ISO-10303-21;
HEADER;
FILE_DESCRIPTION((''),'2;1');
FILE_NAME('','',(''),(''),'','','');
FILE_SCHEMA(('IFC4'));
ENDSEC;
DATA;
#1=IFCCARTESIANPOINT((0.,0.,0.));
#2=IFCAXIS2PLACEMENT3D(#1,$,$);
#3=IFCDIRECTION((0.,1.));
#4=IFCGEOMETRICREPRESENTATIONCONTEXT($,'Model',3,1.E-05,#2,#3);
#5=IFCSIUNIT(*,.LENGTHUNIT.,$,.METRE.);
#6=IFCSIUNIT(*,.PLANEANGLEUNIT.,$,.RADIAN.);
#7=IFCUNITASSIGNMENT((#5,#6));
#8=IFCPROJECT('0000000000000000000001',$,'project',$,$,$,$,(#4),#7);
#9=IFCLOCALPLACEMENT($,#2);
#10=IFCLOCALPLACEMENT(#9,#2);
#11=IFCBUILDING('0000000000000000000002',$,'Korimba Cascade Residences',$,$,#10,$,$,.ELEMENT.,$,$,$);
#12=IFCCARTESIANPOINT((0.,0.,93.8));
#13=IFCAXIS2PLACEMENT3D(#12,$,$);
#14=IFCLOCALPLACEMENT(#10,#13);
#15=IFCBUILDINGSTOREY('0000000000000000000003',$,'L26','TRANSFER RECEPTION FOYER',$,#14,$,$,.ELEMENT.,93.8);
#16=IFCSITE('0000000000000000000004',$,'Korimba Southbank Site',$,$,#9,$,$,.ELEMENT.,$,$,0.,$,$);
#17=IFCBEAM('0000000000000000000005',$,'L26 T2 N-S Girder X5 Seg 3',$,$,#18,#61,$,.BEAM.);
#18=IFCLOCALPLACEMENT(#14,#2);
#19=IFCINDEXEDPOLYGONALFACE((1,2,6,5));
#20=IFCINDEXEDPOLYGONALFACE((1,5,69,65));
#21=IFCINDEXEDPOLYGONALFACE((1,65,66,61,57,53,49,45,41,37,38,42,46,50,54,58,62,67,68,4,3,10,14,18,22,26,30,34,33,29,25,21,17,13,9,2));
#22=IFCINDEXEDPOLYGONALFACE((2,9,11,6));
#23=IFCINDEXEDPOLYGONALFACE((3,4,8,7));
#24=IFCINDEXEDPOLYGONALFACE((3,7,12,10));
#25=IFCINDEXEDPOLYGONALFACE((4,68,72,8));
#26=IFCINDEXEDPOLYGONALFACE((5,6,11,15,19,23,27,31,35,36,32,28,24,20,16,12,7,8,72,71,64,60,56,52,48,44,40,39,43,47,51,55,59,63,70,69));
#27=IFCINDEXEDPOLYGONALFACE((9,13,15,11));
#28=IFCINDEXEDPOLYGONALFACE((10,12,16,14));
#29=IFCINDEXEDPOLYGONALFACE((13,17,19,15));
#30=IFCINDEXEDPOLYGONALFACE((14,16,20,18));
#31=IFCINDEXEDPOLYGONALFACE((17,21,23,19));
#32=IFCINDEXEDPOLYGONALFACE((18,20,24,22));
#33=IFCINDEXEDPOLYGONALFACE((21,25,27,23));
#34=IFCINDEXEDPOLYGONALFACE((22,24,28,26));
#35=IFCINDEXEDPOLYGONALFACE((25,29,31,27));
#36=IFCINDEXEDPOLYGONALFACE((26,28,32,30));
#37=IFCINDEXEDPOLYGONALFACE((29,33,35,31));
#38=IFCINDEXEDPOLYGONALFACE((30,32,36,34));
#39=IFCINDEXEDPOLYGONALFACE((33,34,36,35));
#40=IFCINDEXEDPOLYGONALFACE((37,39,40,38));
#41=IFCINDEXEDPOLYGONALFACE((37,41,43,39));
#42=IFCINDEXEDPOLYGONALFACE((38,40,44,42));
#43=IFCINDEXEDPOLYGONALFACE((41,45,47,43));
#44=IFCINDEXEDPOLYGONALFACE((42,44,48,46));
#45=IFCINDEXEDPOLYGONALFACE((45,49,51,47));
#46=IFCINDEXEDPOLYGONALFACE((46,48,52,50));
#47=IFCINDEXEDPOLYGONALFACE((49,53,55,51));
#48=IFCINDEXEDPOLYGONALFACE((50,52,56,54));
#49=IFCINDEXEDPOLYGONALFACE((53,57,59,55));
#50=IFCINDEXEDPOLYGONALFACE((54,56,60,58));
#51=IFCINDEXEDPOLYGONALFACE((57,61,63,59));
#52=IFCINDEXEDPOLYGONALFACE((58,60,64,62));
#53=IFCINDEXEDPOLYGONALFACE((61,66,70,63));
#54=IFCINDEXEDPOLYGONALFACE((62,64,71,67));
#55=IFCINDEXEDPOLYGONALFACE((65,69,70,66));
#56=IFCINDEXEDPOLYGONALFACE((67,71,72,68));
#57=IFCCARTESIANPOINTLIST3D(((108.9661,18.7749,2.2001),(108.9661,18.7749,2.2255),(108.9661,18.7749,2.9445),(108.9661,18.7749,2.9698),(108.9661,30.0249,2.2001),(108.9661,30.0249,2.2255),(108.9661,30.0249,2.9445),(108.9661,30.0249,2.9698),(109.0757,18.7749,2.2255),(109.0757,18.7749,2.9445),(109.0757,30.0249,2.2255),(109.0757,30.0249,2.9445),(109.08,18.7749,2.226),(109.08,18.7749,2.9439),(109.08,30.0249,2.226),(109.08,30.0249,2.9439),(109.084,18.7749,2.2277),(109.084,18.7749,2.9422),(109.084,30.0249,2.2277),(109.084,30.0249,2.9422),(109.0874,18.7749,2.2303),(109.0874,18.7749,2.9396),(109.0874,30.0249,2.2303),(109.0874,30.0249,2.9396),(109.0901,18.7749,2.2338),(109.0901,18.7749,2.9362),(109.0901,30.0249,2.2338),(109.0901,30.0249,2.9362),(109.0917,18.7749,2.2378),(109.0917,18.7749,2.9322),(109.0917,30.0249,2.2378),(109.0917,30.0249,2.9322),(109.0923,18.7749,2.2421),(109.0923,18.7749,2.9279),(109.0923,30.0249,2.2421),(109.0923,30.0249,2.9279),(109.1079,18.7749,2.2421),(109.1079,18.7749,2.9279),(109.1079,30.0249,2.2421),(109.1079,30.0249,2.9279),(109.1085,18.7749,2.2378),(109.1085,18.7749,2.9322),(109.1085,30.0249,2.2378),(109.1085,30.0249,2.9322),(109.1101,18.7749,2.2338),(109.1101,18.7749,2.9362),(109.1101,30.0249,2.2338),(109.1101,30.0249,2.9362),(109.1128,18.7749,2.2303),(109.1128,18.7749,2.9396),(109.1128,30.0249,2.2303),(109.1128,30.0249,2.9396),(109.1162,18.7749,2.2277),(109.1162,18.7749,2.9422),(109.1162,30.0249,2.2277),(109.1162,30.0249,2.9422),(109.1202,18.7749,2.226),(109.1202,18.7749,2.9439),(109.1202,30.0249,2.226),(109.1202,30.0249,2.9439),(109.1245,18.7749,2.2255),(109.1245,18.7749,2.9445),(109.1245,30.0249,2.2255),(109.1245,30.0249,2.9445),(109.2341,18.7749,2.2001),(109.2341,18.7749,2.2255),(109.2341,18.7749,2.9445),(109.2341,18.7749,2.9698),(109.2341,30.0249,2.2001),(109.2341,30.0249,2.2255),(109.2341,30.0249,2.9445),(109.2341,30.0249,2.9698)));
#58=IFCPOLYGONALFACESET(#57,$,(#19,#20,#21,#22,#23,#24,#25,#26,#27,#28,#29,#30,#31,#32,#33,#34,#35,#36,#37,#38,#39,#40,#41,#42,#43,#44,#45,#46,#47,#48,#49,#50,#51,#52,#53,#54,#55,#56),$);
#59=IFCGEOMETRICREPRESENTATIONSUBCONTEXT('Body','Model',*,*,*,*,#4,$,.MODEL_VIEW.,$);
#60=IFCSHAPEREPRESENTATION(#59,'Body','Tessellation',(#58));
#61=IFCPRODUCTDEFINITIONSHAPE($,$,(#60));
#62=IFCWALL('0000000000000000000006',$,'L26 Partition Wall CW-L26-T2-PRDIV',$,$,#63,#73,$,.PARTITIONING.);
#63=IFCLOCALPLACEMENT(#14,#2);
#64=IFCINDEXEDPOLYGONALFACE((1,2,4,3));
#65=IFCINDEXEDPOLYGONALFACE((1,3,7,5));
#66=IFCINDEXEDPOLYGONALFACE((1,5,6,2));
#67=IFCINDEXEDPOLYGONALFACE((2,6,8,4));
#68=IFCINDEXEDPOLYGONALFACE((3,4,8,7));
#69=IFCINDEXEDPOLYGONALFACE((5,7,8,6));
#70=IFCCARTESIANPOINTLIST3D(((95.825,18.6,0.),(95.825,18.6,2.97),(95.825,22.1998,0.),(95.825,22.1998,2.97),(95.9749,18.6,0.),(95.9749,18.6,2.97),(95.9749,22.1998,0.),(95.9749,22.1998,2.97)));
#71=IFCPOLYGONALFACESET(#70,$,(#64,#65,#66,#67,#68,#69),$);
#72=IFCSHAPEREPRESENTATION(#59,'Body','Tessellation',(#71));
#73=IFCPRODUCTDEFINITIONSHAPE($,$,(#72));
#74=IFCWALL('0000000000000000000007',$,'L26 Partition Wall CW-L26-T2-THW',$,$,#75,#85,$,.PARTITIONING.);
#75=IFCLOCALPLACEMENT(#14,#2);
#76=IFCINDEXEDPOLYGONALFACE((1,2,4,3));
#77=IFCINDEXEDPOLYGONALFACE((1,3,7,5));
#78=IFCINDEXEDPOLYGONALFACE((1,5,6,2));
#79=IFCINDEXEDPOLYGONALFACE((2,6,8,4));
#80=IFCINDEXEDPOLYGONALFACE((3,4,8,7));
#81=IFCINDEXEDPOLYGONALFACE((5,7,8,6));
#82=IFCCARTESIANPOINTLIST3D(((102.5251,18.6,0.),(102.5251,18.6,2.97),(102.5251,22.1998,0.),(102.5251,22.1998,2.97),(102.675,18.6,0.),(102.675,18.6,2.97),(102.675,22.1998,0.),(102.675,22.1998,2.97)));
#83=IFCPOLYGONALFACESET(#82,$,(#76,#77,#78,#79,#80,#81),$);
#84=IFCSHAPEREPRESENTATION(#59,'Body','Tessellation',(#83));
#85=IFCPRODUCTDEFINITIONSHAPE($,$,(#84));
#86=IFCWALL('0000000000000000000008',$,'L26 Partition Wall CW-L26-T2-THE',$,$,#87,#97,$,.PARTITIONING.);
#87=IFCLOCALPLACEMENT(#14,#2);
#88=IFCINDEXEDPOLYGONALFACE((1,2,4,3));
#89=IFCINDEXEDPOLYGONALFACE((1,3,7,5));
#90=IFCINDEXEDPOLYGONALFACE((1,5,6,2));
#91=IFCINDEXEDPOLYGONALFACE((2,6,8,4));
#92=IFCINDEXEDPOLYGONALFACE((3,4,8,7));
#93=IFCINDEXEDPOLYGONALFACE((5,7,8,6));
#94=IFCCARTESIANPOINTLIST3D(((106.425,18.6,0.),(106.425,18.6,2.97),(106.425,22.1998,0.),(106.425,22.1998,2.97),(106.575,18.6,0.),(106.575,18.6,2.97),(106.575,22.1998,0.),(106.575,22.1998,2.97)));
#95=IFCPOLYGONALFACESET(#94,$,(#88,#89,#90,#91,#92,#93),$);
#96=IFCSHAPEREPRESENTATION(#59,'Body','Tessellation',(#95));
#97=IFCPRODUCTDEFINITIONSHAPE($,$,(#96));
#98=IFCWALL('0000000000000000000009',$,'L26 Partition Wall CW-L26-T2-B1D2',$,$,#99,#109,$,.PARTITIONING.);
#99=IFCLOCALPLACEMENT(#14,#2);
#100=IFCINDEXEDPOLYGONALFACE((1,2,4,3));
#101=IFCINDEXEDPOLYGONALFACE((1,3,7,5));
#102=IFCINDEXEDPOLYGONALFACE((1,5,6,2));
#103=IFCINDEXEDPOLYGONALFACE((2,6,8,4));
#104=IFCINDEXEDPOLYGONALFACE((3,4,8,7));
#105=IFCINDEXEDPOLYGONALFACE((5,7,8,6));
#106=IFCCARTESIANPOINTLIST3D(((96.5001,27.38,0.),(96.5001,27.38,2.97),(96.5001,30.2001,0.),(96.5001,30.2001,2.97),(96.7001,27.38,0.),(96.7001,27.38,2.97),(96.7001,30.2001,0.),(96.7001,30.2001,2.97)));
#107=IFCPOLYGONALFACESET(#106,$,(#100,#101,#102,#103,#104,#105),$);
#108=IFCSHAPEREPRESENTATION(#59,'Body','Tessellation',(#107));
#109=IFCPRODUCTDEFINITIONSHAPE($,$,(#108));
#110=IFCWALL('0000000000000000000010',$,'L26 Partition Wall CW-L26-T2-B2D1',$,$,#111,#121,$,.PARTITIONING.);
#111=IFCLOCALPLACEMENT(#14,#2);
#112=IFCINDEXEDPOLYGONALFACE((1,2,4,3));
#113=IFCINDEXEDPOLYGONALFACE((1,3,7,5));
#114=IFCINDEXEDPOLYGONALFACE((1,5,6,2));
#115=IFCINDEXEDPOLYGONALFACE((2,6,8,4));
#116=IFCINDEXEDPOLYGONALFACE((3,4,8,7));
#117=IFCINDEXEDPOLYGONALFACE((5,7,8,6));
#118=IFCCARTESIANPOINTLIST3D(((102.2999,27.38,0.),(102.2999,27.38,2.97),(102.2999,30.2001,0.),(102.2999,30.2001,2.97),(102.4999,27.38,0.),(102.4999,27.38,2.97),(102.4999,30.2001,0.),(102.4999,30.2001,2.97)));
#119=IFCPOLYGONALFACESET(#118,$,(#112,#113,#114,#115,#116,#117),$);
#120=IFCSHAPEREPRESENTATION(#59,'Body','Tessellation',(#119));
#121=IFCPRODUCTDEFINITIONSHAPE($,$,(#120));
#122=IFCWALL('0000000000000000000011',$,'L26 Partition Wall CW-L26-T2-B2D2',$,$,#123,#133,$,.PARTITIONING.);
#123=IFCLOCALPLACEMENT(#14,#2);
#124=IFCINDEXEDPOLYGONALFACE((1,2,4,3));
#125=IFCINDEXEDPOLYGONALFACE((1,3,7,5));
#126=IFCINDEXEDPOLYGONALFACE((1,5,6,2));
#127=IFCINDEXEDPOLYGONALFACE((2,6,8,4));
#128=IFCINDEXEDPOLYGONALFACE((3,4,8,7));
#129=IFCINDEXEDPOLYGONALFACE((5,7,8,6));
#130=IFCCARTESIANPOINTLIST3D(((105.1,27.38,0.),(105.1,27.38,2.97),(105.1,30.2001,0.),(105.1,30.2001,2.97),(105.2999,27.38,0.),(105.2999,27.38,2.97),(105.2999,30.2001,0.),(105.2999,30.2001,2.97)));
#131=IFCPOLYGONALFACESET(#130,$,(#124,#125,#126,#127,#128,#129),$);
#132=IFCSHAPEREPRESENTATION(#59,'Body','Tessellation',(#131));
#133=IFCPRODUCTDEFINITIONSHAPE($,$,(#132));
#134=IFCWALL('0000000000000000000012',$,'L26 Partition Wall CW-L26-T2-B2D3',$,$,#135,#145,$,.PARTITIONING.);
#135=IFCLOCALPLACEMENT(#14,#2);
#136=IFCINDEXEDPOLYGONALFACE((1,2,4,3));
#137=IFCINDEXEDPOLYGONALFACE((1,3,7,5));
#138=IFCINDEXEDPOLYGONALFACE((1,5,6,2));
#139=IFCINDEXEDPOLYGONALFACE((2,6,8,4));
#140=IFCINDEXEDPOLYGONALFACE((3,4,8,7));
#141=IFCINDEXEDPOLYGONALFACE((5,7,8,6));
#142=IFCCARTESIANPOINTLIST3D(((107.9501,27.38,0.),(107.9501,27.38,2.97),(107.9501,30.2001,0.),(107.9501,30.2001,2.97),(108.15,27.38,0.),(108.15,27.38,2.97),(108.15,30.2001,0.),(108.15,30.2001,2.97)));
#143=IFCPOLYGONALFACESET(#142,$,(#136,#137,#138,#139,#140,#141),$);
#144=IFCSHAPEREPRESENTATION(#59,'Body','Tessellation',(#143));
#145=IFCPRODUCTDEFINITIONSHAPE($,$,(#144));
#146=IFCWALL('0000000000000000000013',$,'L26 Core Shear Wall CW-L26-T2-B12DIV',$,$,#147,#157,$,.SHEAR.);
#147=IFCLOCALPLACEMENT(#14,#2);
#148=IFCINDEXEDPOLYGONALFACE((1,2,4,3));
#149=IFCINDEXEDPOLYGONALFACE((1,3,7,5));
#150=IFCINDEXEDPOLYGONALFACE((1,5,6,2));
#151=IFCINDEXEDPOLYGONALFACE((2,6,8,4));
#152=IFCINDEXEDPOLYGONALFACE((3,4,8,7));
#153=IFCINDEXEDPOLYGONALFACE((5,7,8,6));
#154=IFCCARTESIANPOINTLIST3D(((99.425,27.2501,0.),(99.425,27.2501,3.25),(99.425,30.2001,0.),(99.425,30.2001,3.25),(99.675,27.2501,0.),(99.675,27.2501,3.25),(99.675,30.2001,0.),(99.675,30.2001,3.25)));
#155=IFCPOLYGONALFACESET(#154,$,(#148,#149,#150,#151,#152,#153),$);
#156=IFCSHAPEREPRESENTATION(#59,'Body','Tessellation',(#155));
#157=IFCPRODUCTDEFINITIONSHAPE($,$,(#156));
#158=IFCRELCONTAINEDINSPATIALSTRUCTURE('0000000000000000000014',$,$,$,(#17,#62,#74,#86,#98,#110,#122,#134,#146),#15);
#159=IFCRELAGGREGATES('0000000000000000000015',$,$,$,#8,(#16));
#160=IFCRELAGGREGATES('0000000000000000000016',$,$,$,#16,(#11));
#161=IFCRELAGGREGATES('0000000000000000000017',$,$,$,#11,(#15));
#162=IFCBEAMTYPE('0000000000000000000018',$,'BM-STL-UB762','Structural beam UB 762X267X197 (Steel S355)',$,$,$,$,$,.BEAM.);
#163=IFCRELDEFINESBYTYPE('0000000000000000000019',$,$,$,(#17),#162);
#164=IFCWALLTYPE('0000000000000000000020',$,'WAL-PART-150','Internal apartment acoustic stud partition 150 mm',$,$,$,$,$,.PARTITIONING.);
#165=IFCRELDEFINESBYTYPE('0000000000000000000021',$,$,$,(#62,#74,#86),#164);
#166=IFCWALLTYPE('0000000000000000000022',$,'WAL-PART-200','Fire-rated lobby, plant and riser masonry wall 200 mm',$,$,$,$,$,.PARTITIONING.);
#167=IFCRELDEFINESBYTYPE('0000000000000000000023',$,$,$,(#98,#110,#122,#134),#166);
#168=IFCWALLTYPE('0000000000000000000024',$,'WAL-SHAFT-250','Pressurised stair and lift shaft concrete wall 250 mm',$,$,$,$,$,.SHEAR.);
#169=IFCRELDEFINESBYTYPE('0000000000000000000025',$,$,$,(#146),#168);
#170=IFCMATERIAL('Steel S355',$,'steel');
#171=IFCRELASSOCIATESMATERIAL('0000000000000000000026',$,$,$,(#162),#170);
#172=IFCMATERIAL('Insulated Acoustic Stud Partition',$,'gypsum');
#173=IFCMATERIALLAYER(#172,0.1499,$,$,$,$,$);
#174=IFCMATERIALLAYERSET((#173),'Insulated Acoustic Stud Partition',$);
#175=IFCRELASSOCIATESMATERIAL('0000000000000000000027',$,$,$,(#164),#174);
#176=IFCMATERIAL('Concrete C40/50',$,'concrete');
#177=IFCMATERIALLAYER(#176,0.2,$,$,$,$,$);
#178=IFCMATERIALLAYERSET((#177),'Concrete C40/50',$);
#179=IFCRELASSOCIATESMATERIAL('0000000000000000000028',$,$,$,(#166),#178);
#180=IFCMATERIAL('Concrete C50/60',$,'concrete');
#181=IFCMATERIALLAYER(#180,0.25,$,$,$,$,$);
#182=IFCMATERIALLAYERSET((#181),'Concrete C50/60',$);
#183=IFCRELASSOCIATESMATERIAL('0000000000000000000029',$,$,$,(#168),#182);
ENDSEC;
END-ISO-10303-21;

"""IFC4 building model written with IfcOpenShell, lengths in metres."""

from ifc_helpers import new_model, si_unit, direction, frame, frame_2d, origin, origin_2d, place, context, subcontext, project, spatial, rectangle, i_section, extrude, material, layer, layer_set, material_profile, profile_set, type_object, element, save


model = new_model("IFC4")

# Units and contexts
model_context = context("Model", 3, precision=1e-05, world=origin(), true_north=direction((0.0, 1.0)))
body_context = subcontext(model_context, "Body", "Model", "MODEL_VIEW")
ifc_project = project(units=[si_unit("LENGTHUNIT", "METRE"), si_unit("PLANEANGLEUNIT", "RADIAN")], contexts=[model_context])

# Site, building, storey
site_placement = place(None, origin())
site = spatial("IfcSite", under=ifc_project, at=site_placement, Name="Korimba Southbank Site", CompositionType="ELEMENT", RefElevation=0.0)
building_placement = place(site_placement, origin())
building = spatial("IfcBuilding", under=site, at=building_placement, Name="Korimba Cascade Residences", CompositionType="ELEMENT")
storey_placement = place(building_placement, frame((0.0, 0.0, 93.8)))
storey = spatial("IfcBuildingStorey", under=building, at=storey_placement, Name="L26", Description="TRANSFER RECEPTION FOYER", CompositionType="ELEMENT", Elevation=93.8)

# Beam
ifc_material_1 = material(Name="Steel S355", Category="steel")
ifc_material_profile_1 = material_profile(ifc_material_1, i_section(OverallWidth=0.2681, OverallDepth=0.7698, WebThickness=0.0156, FlangeThickness=0.0254, FilletRadius=0.0166, at=origin_2d()), Name="Steel S355")
ifc_profile_set_1 = profile_set([ifc_material_profile_1], Name="Steel S355")
beam_type_1 = type_object("IfcBeamType", Name="BM-STL-UB762", Description="Structural beam UB 762X267X197 (Steel S355)", PredefinedType="BEAM", material=ifc_profile_set_1)
beam_1_placement = place(storey_placement, frame((109.1001, 18.7749, 2.585), z_axis=(0.0, 1.0, 0.0), x_axis=(-1.0, 0.0, 0.0)))
element("IfcBeam", 1, at=beam_1_placement, inside=storey, type_object=beam_type_1, Name="L26 T2 N-S Girder X5 Seg 3", PredefinedType="BEAM", context=body_context, shape_type="SweptSolid", body=[
    extrude(i_section(OverallWidth=0.2681, OverallDepth=0.7698, WebThickness=0.0156, FlangeThickness=0.0254, FilletRadius=0.0166, at=origin_2d()), origin(), (0.0, 0.0, 1.0), 11.25),
])

# Walls
ifc_material_2 = material(Name="Insulated Acoustic Stud Partition", Category="gypsum")
ifc_layer_1 = layer(ifc_material_2, 0.1499)
ifc_layer_set_1 = layer_set([ifc_layer_1], Name="Insulated Acoustic Stud Partition")
wall_type_1 = type_object("IfcWallType", Name="WAL-PART-150", Description="Internal apartment acoustic stud partition 150 mm", PredefinedType="PARTITIONING", material=ifc_layer_set_1)
for number, where, z_axis, x_axis, name in (
    (2, (95.8999, 18.6001, 0.0), (0.0, 0.0, 1.0), (0.0, 1.0, 0.0), "L26 Partition Wall CW-L26-T2-PRDIV"),
    (3, (102.6001, 18.6001, 0.0), (0.0, 0.0, 1.0), (0.0, 1.0, 0.0), "L26 Partition Wall CW-L26-T2-THW"),
    (4, (106.5, 18.6001, 0.0), (0.0, 0.0, 1.0), (0.0, 1.0, 0.0), "L26 Partition Wall CW-L26-T2-THE"),
):
    element("IfcWall", number, at=place(storey_placement, frame(where, z_axis=z_axis, x_axis=x_axis)), inside=storey, type_object=wall_type_1, Name=name, PredefinedType="PARTITIONING", context=body_context, shape_type="SweptSolid", body=[
        extrude(rectangle(XDim=3.5999, YDim=0.1499, at=frame_2d((1.7998, 0.0))), origin(), (0.0, 0.0, 1.0), 2.97),
    ])
ifc_material_3 = material(Name="Concrete C40/50", Category="concrete")
ifc_layer_2 = layer(ifc_material_3, 0.2)
ifc_layer_set_2 = layer_set([ifc_layer_2], Name="Concrete C40/50")
wall_type_2 = type_object("IfcWallType", Name="WAL-PART-200", Description="Fire-rated lobby, plant and riser masonry wall 200 mm", PredefinedType="PARTITIONING", material=ifc_layer_set_2)
for number, where, z_axis, x_axis, name in (
    (5, (96.6001, 27.3799, 0.0), (0.0, 0.0, 1.0), (0.0, 1.0, 0.0), "L26 Partition Wall CW-L26-T2-B1D2"),
    (6, (102.3999, 27.3799, 0.0), (0.0, 0.0, 1.0), (0.0, 1.0, 0.0), "L26 Partition Wall CW-L26-T2-B2D1"),
    (7, (105.2, 27.3799, 0.0), (0.0, 0.0, 1.0), (0.0, 1.0, 0.0), "L26 Partition Wall CW-L26-T2-B2D2"),
    (8, (108.05, 27.3799, 0.0), (0.0, 0.0, 1.0), (0.0, 1.0, 0.0), "L26 Partition Wall CW-L26-T2-B2D3"),
):
    element("IfcWall", number, at=place(storey_placement, frame(where, z_axis=z_axis, x_axis=x_axis)), inside=storey, type_object=wall_type_2, Name=name, PredefinedType="PARTITIONING", context=body_context, shape_type="SweptSolid", body=[
        extrude(rectangle(XDim=2.8201, YDim=0.2, at=frame_2d((1.4102, 0.0))), origin(), (0.0, 0.0, 1.0), 2.97),
    ])
ifc_material_4 = material(Name="Concrete C50/60", Category="concrete")
ifc_layer_3 = layer(ifc_material_4, 0.25)
ifc_layer_set_3 = layer_set([ifc_layer_3], Name="Concrete C50/60")
wall_type_3 = type_object("IfcWallType", Name="WAL-SHAFT-250", Description="Pressurised stair and lift shaft concrete wall 250 mm", PredefinedType="SHEAR", material=ifc_layer_set_3)
wall_1_placement = place(storey_placement, frame((99.55, 27.25, 0.0), z_axis=(0.0, 0.0, 1.0), x_axis=(0.0, 1.0, 0.0)))
element("IfcWall", 9, at=wall_1_placement, inside=storey, type_object=wall_type_3, Name="L26 Core Shear Wall CW-L26-T2-B12DIV", PredefinedType="SHEAR", context=body_context, shape_type="SweptSolid", body=[
    extrude(rectangle(XDim=2.95, YDim=0.25, at=frame_2d((1.4751, 0.0))), origin(), (0.0, 0.0, 1.0), 3.25),
])

save(model, "model.ifc")
